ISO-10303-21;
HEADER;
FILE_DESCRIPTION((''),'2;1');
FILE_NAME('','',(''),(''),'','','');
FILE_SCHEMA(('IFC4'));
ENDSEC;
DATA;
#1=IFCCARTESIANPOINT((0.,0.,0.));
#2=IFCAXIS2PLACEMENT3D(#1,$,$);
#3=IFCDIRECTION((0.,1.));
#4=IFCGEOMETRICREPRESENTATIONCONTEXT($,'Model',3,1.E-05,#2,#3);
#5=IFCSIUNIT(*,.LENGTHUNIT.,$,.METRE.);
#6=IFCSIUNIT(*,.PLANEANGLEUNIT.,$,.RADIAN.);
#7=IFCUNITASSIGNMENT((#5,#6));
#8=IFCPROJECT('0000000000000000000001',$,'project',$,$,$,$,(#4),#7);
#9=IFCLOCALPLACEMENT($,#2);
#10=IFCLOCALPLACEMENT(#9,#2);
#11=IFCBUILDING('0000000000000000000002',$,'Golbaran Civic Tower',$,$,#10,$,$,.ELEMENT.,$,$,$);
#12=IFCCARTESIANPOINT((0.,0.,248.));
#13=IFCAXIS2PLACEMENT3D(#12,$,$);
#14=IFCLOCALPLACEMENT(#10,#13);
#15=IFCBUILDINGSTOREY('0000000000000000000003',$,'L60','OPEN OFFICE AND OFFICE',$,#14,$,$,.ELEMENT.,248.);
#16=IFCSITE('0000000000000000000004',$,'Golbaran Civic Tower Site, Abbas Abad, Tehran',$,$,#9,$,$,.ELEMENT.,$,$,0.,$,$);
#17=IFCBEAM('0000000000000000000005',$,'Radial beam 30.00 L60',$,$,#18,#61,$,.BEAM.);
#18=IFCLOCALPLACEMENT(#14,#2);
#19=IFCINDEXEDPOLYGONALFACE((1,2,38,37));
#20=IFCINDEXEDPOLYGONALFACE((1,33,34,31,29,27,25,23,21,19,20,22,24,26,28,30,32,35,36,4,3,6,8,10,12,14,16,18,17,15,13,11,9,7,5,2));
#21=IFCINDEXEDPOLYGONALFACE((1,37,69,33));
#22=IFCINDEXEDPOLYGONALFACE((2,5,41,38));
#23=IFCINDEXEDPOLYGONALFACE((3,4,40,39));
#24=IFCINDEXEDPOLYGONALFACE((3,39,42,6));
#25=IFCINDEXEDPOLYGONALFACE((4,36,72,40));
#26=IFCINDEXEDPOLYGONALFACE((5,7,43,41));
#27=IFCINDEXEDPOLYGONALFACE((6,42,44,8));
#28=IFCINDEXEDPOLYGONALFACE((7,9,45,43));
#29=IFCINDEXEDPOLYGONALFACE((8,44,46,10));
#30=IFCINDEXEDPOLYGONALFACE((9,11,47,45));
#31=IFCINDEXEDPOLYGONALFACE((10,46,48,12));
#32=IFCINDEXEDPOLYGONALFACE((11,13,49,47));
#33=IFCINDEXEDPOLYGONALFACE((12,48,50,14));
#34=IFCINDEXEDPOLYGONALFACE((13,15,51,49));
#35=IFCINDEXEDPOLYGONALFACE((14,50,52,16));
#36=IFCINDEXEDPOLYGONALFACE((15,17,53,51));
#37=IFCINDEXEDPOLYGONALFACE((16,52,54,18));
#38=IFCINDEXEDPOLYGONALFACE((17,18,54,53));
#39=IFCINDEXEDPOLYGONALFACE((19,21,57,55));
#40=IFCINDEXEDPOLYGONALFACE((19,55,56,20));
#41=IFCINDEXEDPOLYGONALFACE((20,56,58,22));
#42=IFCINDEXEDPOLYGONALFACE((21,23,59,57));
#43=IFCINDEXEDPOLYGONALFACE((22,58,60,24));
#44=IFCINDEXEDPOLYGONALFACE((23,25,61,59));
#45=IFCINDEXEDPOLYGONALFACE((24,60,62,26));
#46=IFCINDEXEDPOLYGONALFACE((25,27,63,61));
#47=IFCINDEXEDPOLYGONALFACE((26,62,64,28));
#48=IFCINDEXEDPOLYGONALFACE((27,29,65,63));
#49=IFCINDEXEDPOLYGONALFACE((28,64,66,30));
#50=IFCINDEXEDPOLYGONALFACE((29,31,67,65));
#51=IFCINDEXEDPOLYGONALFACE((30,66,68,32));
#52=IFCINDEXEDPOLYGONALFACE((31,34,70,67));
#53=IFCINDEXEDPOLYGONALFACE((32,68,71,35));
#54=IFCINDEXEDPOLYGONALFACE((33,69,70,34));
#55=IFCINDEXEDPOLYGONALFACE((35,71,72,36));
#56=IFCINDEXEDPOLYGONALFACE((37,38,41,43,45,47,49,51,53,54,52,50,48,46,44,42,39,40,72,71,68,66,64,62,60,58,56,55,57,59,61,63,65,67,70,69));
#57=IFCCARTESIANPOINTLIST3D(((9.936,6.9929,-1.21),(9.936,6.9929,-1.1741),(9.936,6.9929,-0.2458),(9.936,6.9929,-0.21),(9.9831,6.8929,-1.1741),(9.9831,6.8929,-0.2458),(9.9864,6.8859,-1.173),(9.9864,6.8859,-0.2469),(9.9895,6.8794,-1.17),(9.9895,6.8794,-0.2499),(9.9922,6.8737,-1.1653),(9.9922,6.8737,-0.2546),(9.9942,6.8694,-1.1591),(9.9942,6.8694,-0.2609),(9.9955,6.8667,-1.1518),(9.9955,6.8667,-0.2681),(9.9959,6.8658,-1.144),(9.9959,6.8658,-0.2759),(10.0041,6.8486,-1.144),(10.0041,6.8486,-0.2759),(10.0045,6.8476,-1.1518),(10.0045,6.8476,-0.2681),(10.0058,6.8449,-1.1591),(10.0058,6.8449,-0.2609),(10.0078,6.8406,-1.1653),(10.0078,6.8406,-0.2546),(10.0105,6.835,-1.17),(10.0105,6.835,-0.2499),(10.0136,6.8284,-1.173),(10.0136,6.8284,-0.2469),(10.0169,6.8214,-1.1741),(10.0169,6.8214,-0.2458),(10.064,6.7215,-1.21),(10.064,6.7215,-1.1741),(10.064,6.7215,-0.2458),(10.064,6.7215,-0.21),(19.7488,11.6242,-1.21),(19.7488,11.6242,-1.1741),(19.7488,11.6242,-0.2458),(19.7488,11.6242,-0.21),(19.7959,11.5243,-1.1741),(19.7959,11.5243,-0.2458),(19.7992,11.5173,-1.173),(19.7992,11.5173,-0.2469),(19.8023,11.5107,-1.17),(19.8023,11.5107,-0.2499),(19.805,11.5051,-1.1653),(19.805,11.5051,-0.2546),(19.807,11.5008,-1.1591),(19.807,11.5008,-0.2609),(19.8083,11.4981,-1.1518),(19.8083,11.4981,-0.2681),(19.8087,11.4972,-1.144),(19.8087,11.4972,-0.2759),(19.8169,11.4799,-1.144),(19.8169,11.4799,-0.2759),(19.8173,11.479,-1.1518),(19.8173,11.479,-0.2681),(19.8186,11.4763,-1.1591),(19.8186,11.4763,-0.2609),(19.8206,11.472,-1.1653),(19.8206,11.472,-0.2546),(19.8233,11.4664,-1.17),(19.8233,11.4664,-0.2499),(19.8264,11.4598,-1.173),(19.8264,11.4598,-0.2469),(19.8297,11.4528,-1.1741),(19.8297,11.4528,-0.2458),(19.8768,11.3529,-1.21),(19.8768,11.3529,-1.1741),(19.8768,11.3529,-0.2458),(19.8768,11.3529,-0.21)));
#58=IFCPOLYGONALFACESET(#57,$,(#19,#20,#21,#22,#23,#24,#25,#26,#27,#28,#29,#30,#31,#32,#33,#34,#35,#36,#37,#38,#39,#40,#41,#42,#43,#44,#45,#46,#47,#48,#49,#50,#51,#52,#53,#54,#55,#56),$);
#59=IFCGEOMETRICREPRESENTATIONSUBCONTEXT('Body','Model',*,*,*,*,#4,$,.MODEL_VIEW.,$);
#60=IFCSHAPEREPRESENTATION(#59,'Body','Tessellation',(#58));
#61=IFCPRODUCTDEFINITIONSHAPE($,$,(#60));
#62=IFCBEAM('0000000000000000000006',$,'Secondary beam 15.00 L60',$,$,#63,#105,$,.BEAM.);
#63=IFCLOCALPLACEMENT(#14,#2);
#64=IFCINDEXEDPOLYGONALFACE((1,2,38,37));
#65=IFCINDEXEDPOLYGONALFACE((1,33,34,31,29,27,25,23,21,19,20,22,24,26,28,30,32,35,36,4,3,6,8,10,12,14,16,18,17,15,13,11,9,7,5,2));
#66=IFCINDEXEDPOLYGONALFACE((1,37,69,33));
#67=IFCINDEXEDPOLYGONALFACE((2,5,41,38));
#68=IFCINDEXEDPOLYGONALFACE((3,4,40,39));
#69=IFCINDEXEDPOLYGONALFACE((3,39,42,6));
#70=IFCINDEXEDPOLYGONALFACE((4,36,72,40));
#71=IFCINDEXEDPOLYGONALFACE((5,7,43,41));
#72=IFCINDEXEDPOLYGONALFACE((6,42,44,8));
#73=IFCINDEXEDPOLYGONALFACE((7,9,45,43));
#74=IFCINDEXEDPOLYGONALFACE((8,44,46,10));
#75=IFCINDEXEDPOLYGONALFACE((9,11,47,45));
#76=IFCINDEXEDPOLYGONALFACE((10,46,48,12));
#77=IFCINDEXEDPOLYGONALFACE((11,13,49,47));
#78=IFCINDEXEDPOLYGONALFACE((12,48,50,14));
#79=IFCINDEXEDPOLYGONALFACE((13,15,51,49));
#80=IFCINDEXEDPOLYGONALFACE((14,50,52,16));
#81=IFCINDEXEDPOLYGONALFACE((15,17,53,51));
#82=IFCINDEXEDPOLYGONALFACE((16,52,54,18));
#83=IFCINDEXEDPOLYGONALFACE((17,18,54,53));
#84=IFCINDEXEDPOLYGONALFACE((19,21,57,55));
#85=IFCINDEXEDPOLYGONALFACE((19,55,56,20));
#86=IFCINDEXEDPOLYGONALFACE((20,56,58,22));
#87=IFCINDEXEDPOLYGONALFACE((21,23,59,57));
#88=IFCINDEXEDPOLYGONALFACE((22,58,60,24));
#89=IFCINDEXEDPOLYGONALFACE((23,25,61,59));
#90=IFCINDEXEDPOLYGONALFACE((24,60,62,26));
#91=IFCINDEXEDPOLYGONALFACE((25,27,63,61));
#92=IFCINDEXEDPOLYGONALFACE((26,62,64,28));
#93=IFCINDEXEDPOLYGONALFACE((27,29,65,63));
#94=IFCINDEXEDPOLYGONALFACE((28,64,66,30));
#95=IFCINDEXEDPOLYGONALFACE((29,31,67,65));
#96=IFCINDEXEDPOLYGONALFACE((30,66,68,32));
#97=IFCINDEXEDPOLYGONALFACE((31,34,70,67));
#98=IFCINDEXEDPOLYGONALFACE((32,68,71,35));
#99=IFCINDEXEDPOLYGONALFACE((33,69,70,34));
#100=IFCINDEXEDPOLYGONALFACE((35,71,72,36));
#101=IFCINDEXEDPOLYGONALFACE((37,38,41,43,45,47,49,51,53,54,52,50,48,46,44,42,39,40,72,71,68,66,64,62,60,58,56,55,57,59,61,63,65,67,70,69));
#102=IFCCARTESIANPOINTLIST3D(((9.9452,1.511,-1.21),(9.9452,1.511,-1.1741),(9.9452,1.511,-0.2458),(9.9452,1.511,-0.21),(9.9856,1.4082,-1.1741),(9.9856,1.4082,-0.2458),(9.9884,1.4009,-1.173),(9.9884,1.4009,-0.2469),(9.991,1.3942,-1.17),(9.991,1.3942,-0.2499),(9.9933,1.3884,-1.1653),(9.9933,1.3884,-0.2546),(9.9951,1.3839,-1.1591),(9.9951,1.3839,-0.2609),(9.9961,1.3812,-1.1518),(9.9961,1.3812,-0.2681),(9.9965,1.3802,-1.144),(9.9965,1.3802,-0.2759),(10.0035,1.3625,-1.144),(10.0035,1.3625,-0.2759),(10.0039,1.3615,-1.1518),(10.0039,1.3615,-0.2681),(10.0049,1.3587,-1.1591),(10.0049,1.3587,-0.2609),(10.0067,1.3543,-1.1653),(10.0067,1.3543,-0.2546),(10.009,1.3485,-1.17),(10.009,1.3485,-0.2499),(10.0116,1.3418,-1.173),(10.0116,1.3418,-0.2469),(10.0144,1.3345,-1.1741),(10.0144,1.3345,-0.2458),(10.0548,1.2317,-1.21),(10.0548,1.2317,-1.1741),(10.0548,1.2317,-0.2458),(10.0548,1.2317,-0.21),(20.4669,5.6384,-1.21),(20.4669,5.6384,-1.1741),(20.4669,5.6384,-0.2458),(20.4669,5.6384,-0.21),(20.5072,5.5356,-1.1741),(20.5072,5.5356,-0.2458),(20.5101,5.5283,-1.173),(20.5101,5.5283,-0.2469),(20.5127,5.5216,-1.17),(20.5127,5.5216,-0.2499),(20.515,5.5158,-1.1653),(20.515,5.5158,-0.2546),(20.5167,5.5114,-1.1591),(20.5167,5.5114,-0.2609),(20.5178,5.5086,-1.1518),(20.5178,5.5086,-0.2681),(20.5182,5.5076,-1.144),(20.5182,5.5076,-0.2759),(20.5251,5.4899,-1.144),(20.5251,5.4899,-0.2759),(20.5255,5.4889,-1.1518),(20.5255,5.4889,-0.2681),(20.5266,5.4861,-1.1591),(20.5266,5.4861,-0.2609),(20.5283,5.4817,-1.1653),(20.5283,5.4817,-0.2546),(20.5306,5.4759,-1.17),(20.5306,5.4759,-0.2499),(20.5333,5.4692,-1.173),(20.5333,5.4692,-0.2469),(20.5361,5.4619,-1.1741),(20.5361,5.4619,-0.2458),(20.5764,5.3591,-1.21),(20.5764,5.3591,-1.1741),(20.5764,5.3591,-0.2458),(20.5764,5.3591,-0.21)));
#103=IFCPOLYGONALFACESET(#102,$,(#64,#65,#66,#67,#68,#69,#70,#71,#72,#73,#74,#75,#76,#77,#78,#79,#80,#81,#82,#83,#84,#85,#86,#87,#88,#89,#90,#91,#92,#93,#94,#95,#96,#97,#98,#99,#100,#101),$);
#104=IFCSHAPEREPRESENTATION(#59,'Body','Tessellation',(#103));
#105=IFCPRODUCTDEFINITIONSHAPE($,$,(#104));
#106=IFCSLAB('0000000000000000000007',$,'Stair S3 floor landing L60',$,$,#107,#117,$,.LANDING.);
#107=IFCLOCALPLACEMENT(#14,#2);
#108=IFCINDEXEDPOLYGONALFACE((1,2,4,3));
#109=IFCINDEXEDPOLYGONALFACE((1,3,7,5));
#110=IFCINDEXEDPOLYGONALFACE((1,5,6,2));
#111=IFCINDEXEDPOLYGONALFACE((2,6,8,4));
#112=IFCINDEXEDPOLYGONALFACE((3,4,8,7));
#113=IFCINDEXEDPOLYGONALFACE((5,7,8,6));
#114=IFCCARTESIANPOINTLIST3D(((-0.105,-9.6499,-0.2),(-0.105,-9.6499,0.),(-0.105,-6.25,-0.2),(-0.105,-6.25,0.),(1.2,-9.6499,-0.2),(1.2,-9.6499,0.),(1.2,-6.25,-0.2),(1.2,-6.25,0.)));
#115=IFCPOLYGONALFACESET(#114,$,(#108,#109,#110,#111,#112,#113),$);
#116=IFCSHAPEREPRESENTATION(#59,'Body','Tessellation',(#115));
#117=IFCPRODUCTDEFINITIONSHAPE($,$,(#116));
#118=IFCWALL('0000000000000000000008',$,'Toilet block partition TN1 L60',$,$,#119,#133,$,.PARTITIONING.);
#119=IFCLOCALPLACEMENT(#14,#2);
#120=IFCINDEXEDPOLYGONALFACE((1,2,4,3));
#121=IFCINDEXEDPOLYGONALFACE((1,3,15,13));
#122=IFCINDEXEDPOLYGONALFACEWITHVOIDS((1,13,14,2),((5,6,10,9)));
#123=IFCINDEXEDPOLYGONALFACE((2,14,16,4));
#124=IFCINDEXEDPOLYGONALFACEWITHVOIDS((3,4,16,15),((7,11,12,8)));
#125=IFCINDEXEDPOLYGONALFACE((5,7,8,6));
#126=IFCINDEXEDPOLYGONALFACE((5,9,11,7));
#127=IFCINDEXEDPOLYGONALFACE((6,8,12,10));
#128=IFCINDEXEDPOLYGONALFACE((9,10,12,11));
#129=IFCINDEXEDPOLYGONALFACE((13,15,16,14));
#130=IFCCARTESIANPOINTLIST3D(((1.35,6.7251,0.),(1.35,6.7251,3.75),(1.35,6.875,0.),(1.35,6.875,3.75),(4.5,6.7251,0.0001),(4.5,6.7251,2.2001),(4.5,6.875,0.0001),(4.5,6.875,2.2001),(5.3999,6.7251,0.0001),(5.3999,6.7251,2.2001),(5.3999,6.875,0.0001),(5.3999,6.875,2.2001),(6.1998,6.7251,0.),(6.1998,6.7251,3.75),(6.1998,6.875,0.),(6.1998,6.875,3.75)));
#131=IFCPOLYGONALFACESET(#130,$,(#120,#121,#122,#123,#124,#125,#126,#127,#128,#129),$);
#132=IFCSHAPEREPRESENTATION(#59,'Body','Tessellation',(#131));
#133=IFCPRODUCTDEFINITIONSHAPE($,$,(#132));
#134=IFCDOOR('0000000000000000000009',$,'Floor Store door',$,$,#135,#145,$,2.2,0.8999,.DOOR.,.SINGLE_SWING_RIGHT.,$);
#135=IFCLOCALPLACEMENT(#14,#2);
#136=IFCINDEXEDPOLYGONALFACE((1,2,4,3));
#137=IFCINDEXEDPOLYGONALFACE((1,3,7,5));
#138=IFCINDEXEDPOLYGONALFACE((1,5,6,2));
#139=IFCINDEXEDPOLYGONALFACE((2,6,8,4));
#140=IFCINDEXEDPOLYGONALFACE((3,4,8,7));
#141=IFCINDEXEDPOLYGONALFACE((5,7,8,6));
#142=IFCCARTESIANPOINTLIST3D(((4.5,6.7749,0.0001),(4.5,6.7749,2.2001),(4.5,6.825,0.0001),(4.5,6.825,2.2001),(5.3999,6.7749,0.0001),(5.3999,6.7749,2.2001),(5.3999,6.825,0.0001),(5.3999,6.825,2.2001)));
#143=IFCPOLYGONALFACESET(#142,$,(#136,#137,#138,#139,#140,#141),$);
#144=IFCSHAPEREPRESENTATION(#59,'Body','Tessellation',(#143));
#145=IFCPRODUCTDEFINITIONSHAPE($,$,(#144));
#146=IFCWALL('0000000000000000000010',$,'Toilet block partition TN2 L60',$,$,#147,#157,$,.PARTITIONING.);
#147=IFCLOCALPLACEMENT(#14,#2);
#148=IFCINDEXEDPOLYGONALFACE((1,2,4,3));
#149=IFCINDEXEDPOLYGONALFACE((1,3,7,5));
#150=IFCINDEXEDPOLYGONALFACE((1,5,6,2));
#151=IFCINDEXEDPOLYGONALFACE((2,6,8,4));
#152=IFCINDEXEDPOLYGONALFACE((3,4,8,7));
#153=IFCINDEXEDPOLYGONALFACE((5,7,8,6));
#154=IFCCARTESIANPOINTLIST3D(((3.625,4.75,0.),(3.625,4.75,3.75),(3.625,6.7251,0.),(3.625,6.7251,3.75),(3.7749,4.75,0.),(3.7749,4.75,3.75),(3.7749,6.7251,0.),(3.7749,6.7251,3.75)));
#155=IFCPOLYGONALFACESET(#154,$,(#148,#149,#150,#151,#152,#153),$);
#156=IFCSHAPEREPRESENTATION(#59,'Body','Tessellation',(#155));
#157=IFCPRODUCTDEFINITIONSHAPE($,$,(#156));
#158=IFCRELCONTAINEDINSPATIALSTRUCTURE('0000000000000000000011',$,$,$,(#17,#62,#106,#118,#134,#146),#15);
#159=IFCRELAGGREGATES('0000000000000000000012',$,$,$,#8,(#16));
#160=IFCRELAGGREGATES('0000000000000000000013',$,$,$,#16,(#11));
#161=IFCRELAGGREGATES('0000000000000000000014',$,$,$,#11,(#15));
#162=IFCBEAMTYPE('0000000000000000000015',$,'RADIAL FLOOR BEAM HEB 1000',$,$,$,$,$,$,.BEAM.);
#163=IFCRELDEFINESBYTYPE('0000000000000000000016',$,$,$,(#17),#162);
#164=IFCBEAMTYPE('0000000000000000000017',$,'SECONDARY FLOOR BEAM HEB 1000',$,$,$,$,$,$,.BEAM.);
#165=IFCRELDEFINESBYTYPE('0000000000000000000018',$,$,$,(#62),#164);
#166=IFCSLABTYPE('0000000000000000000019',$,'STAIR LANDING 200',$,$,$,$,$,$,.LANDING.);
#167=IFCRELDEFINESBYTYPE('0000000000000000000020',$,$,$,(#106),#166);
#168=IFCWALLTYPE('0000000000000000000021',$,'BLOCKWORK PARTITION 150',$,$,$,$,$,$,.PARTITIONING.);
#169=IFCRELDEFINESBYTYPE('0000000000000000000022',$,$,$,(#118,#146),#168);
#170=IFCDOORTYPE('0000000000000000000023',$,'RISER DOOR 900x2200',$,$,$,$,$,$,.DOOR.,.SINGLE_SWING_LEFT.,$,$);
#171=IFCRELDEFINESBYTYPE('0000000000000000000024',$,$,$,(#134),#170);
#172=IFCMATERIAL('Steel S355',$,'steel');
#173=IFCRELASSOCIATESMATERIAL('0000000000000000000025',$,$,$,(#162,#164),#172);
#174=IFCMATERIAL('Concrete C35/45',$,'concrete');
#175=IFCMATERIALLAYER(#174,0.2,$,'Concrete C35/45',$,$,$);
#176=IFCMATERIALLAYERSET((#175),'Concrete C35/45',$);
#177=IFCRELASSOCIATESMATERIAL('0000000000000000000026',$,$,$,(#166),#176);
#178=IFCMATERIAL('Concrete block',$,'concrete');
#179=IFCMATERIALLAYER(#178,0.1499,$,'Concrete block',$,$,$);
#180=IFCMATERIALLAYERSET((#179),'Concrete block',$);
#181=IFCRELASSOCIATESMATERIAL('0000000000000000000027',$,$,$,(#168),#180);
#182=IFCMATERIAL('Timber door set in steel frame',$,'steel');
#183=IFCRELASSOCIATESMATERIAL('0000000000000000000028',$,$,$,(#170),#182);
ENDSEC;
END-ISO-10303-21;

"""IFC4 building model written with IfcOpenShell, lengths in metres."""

from ifc_helpers import new_model, si_unit, direction, frame, frame_2d, origin, origin_2d, place, context, subcontext, project, spatial, polyline, rectangle, i_section, outline, extrude, material, layer, layer_set, material_profile, profile_set, type_object, element, fill, save


model = new_model("IFC4")

# Units and contexts
model_context = context("Model", 3, precision=1e-05, world=origin(), true_north=direction((0.0, 1.0)))
body_context = subcontext(model_context, "Body", "Model", "MODEL_VIEW")
ifc_project = project(units=[si_unit("LENGTHUNIT", "METRE"), si_unit("PLANEANGLEUNIT", "RADIAN")], contexts=[model_context])

# Site, building, storey
site_placement = place(None, origin())
site = spatial("IfcSite", under=ifc_project, at=site_placement, Name="Golbaran Civic Tower Site, Abbas Abad, Tehran", CompositionType="ELEMENT", RefElevation=0.0)
building_placement = place(site_placement, origin())
building = spatial("IfcBuilding", under=site, at=building_placement, Name="Golbaran Civic Tower", CompositionType="ELEMENT")
storey_placement = place(building_placement, frame((0.0, 0.0, 248.0)))
storey = spatial("IfcBuildingStorey", under=building, at=storey_placement, Name="L60", Description="OPEN OFFICE AND OFFICE", CompositionType="ELEMENT", Elevation=248.0)

# Beams
ifc_material_1 = material(Name="Steel S355", Category="steel")
ifc_material_profile_1 = material_profile(ifc_material_1, i_section(OverallWidth=0.3, OverallDepth=1.0, WebThickness=0.019, FlangeThickness=0.0359, FilletRadius=0.03, at=origin_2d()), Name="HEB 1000")
ifc_profile_set_1 = profile_set([ifc_material_profile_1], Name="Steel S355")
beam_type_1 = type_object("IfcBeamType", Name="RADIAL FLOOR BEAM HEB 1000", PredefinedType="BEAM", material=ifc_profile_set_1)
beam_1_placement = place(storey_placement, frame((10.0, 6.8572, -0.71), z_axis=(0.904336, 0.426822, 0.0), x_axis=(-0.426822, 0.904336, 0.0)))
element("IfcBeam", 1, at=beam_1_placement, inside=storey, type_object=beam_type_1, Name="Radial beam 30.00 L60", PredefinedType="BEAM", context=body_context, shape_type="SweptSolid", body=[
    extrude(i_section(OverallWidth=0.3, OverallDepth=1.0, WebThickness=0.019, FlangeThickness=0.0359, FilletRadius=0.03, at=origin_2d()), origin(), (0.0, 0.0, 1.0), 10.8508),
])
ifc_material_profile_2 = material_profile(ifc_material_1, i_section(OverallWidth=0.3, OverallDepth=1.0, WebThickness=0.019, FlangeThickness=0.0359, FilletRadius=0.03, at=origin_2d()), Name="HEB 1000")
ifc_profile_set_2 = profile_set([ifc_material_profile_2], Name="Steel S355")
beam_type_2 = type_object("IfcBeamType", Name="SECONDARY FLOOR BEAM HEB 1000", PredefinedType="BEAM", material=ifc_profile_set_2)
beam_2_placement = place(storey_placement, frame((10.0, 1.3713, -0.71), z_axis=(0.930935, 0.365185, 0.0), x_axis=(-0.365185, 0.930935, 0.0)))
element("IfcBeam", 2, at=beam_2_placement, inside=storey, type_object=beam_type_2, Name="Secondary beam 15.00 L60", PredefinedType="BEAM", context=body_context, shape_type="SweptSolid", body=[
    extrude(i_section(OverallWidth=0.3, OverallDepth=1.0, WebThickness=0.019, FlangeThickness=0.0359, FilletRadius=0.03, at=origin_2d()), origin(), (0.0, 0.0, 1.0), 11.3022),
])

# Slab
ifc_material_2 = material(Name="Concrete C35/45", Category="concrete")
ifc_layer_1 = layer(ifc_material_2, 0.2, Name="Concrete C35/45")
ifc_layer_set_1 = layer_set([ifc_layer_1], Name="Concrete C35/45")
slab_type = type_object("IfcSlabType", Name="STAIR LANDING 200", PredefinedType="LANDING", material=ifc_layer_set_1)
slab_placement = place(storey_placement, frame((0.0, 0.0, -0.2)))
element("IfcSlab", 3, at=slab_placement, inside=storey, type_object=slab_type, Name="Stair S3 floor landing L60", PredefinedType="LANDING", context=body_context, shape_type="SweptSolid", body=[
    extrude(outline(polyline([(1.2, -9.6499), (-0.105, -9.6499), (-0.105, -6.25), (1.2, -6.25), (1.2, -9.6499)])), origin(), (0.0, 0.0, 1.0), 0.2),
])

# Wall, opening, door
ifc_material_3 = material(Name="Concrete block", Category="concrete")
ifc_layer_2 = layer(ifc_material_3, 0.1499, Name="Concrete block")
ifc_layer_set_2 = layer_set([ifc_layer_2], Name="Concrete block")
wall_type_1 = type_object("IfcWallType", Name="BLOCKWORK PARTITION 150", PredefinedType="PARTITIONING", material=ifc_layer_set_2)
wall_1_placement = place(storey_placement, frame((1.3501, 6.8, 0.0), z_axis=(0.0, 0.0, 1.0), x_axis=(1.0, 0.0, 0.0)))
wall_1 = element("IfcWall", 4, at=wall_1_placement, inside=storey, type_object=wall_type_1, Name="Toilet block partition TN1 L60", PredefinedType="PARTITIONING", context=body_context, shape_type="SweptSolid", body=[
    extrude(rectangle(XDim=4.8499, YDim=0.1499, at=frame_2d((2.4248, 0.0))), origin(), (0.0, 0.0, 1.0), 3.75),
])
opening_1_placement = place(wall_1_placement, frame((3.1499, 0.0, 0.0)))
opening_1 = element("IfcOpeningElement", 5, at=opening_1_placement, cuts=wall_1, PredefinedType="OPENING", context=body_context, shape_type="SweptSolid", body=[
    extrude(rectangle(XDim=0.8999, YDim=2.2, at=frame_2d((0.45, 1.1001))), frame((0.0, 0.085, 0.0), z_axis=(0.0, -1.0, 0.0), x_axis=(1.0, 0.0, 0.0)), (0.0, 0.0, 1.0), 0.1699),
])
ifc_material_4 = material(Name="Timber door set in steel frame", Category="steel")
door_type_1 = type_object("IfcDoorType", Name="RISER DOOR 900x2200", OperationType="SINGLE_SWING_LEFT", PredefinedType="DOOR", material=ifc_material_4)
door_1_placement = place(opening_1_placement, origin())
door_1 = element("IfcDoor", 6, at=door_1_placement, inside=storey, type_object=door_type_1, Name="Floor Store door", OperationType="SINGLE_SWING_RIGHT", OverallHeight=2.2, OverallWidth=0.8999, PredefinedType="DOOR", context=body_context, shape_type="SweptSolid", body=[
    extrude(rectangle(XDim=0.8999, YDim=2.2, at=frame_2d((0.45, 1.1001))), frame((0.0, 0.0249, 0.0), z_axis=(0.0, -1.0, 0.0), x_axis=(1.0, 0.0, 0.0)), (0.0, 0.0, 1.0), 0.05),
])
fill(opening_1, door_1)

# Wall
wall_2_placement = place(storey_placement, frame((3.7, 4.75, 0.0), z_axis=(0.0, 0.0, 1.0), x_axis=(0.0, 1.0, 0.0)))
element("IfcWall", 7, at=wall_2_placement, inside=storey, type_object=wall_type_1, Name="Toilet block partition TN2 L60", PredefinedType="PARTITIONING", context=body_context, shape_type="SweptSolid", body=[
    extrude(rectangle(XDim=1.9751, YDim=0.1499, at=frame_2d((0.9875, 0.0))), origin(), (0.0, 0.0, 1.0), 3.75),
])

save(model, "model.ifc")
